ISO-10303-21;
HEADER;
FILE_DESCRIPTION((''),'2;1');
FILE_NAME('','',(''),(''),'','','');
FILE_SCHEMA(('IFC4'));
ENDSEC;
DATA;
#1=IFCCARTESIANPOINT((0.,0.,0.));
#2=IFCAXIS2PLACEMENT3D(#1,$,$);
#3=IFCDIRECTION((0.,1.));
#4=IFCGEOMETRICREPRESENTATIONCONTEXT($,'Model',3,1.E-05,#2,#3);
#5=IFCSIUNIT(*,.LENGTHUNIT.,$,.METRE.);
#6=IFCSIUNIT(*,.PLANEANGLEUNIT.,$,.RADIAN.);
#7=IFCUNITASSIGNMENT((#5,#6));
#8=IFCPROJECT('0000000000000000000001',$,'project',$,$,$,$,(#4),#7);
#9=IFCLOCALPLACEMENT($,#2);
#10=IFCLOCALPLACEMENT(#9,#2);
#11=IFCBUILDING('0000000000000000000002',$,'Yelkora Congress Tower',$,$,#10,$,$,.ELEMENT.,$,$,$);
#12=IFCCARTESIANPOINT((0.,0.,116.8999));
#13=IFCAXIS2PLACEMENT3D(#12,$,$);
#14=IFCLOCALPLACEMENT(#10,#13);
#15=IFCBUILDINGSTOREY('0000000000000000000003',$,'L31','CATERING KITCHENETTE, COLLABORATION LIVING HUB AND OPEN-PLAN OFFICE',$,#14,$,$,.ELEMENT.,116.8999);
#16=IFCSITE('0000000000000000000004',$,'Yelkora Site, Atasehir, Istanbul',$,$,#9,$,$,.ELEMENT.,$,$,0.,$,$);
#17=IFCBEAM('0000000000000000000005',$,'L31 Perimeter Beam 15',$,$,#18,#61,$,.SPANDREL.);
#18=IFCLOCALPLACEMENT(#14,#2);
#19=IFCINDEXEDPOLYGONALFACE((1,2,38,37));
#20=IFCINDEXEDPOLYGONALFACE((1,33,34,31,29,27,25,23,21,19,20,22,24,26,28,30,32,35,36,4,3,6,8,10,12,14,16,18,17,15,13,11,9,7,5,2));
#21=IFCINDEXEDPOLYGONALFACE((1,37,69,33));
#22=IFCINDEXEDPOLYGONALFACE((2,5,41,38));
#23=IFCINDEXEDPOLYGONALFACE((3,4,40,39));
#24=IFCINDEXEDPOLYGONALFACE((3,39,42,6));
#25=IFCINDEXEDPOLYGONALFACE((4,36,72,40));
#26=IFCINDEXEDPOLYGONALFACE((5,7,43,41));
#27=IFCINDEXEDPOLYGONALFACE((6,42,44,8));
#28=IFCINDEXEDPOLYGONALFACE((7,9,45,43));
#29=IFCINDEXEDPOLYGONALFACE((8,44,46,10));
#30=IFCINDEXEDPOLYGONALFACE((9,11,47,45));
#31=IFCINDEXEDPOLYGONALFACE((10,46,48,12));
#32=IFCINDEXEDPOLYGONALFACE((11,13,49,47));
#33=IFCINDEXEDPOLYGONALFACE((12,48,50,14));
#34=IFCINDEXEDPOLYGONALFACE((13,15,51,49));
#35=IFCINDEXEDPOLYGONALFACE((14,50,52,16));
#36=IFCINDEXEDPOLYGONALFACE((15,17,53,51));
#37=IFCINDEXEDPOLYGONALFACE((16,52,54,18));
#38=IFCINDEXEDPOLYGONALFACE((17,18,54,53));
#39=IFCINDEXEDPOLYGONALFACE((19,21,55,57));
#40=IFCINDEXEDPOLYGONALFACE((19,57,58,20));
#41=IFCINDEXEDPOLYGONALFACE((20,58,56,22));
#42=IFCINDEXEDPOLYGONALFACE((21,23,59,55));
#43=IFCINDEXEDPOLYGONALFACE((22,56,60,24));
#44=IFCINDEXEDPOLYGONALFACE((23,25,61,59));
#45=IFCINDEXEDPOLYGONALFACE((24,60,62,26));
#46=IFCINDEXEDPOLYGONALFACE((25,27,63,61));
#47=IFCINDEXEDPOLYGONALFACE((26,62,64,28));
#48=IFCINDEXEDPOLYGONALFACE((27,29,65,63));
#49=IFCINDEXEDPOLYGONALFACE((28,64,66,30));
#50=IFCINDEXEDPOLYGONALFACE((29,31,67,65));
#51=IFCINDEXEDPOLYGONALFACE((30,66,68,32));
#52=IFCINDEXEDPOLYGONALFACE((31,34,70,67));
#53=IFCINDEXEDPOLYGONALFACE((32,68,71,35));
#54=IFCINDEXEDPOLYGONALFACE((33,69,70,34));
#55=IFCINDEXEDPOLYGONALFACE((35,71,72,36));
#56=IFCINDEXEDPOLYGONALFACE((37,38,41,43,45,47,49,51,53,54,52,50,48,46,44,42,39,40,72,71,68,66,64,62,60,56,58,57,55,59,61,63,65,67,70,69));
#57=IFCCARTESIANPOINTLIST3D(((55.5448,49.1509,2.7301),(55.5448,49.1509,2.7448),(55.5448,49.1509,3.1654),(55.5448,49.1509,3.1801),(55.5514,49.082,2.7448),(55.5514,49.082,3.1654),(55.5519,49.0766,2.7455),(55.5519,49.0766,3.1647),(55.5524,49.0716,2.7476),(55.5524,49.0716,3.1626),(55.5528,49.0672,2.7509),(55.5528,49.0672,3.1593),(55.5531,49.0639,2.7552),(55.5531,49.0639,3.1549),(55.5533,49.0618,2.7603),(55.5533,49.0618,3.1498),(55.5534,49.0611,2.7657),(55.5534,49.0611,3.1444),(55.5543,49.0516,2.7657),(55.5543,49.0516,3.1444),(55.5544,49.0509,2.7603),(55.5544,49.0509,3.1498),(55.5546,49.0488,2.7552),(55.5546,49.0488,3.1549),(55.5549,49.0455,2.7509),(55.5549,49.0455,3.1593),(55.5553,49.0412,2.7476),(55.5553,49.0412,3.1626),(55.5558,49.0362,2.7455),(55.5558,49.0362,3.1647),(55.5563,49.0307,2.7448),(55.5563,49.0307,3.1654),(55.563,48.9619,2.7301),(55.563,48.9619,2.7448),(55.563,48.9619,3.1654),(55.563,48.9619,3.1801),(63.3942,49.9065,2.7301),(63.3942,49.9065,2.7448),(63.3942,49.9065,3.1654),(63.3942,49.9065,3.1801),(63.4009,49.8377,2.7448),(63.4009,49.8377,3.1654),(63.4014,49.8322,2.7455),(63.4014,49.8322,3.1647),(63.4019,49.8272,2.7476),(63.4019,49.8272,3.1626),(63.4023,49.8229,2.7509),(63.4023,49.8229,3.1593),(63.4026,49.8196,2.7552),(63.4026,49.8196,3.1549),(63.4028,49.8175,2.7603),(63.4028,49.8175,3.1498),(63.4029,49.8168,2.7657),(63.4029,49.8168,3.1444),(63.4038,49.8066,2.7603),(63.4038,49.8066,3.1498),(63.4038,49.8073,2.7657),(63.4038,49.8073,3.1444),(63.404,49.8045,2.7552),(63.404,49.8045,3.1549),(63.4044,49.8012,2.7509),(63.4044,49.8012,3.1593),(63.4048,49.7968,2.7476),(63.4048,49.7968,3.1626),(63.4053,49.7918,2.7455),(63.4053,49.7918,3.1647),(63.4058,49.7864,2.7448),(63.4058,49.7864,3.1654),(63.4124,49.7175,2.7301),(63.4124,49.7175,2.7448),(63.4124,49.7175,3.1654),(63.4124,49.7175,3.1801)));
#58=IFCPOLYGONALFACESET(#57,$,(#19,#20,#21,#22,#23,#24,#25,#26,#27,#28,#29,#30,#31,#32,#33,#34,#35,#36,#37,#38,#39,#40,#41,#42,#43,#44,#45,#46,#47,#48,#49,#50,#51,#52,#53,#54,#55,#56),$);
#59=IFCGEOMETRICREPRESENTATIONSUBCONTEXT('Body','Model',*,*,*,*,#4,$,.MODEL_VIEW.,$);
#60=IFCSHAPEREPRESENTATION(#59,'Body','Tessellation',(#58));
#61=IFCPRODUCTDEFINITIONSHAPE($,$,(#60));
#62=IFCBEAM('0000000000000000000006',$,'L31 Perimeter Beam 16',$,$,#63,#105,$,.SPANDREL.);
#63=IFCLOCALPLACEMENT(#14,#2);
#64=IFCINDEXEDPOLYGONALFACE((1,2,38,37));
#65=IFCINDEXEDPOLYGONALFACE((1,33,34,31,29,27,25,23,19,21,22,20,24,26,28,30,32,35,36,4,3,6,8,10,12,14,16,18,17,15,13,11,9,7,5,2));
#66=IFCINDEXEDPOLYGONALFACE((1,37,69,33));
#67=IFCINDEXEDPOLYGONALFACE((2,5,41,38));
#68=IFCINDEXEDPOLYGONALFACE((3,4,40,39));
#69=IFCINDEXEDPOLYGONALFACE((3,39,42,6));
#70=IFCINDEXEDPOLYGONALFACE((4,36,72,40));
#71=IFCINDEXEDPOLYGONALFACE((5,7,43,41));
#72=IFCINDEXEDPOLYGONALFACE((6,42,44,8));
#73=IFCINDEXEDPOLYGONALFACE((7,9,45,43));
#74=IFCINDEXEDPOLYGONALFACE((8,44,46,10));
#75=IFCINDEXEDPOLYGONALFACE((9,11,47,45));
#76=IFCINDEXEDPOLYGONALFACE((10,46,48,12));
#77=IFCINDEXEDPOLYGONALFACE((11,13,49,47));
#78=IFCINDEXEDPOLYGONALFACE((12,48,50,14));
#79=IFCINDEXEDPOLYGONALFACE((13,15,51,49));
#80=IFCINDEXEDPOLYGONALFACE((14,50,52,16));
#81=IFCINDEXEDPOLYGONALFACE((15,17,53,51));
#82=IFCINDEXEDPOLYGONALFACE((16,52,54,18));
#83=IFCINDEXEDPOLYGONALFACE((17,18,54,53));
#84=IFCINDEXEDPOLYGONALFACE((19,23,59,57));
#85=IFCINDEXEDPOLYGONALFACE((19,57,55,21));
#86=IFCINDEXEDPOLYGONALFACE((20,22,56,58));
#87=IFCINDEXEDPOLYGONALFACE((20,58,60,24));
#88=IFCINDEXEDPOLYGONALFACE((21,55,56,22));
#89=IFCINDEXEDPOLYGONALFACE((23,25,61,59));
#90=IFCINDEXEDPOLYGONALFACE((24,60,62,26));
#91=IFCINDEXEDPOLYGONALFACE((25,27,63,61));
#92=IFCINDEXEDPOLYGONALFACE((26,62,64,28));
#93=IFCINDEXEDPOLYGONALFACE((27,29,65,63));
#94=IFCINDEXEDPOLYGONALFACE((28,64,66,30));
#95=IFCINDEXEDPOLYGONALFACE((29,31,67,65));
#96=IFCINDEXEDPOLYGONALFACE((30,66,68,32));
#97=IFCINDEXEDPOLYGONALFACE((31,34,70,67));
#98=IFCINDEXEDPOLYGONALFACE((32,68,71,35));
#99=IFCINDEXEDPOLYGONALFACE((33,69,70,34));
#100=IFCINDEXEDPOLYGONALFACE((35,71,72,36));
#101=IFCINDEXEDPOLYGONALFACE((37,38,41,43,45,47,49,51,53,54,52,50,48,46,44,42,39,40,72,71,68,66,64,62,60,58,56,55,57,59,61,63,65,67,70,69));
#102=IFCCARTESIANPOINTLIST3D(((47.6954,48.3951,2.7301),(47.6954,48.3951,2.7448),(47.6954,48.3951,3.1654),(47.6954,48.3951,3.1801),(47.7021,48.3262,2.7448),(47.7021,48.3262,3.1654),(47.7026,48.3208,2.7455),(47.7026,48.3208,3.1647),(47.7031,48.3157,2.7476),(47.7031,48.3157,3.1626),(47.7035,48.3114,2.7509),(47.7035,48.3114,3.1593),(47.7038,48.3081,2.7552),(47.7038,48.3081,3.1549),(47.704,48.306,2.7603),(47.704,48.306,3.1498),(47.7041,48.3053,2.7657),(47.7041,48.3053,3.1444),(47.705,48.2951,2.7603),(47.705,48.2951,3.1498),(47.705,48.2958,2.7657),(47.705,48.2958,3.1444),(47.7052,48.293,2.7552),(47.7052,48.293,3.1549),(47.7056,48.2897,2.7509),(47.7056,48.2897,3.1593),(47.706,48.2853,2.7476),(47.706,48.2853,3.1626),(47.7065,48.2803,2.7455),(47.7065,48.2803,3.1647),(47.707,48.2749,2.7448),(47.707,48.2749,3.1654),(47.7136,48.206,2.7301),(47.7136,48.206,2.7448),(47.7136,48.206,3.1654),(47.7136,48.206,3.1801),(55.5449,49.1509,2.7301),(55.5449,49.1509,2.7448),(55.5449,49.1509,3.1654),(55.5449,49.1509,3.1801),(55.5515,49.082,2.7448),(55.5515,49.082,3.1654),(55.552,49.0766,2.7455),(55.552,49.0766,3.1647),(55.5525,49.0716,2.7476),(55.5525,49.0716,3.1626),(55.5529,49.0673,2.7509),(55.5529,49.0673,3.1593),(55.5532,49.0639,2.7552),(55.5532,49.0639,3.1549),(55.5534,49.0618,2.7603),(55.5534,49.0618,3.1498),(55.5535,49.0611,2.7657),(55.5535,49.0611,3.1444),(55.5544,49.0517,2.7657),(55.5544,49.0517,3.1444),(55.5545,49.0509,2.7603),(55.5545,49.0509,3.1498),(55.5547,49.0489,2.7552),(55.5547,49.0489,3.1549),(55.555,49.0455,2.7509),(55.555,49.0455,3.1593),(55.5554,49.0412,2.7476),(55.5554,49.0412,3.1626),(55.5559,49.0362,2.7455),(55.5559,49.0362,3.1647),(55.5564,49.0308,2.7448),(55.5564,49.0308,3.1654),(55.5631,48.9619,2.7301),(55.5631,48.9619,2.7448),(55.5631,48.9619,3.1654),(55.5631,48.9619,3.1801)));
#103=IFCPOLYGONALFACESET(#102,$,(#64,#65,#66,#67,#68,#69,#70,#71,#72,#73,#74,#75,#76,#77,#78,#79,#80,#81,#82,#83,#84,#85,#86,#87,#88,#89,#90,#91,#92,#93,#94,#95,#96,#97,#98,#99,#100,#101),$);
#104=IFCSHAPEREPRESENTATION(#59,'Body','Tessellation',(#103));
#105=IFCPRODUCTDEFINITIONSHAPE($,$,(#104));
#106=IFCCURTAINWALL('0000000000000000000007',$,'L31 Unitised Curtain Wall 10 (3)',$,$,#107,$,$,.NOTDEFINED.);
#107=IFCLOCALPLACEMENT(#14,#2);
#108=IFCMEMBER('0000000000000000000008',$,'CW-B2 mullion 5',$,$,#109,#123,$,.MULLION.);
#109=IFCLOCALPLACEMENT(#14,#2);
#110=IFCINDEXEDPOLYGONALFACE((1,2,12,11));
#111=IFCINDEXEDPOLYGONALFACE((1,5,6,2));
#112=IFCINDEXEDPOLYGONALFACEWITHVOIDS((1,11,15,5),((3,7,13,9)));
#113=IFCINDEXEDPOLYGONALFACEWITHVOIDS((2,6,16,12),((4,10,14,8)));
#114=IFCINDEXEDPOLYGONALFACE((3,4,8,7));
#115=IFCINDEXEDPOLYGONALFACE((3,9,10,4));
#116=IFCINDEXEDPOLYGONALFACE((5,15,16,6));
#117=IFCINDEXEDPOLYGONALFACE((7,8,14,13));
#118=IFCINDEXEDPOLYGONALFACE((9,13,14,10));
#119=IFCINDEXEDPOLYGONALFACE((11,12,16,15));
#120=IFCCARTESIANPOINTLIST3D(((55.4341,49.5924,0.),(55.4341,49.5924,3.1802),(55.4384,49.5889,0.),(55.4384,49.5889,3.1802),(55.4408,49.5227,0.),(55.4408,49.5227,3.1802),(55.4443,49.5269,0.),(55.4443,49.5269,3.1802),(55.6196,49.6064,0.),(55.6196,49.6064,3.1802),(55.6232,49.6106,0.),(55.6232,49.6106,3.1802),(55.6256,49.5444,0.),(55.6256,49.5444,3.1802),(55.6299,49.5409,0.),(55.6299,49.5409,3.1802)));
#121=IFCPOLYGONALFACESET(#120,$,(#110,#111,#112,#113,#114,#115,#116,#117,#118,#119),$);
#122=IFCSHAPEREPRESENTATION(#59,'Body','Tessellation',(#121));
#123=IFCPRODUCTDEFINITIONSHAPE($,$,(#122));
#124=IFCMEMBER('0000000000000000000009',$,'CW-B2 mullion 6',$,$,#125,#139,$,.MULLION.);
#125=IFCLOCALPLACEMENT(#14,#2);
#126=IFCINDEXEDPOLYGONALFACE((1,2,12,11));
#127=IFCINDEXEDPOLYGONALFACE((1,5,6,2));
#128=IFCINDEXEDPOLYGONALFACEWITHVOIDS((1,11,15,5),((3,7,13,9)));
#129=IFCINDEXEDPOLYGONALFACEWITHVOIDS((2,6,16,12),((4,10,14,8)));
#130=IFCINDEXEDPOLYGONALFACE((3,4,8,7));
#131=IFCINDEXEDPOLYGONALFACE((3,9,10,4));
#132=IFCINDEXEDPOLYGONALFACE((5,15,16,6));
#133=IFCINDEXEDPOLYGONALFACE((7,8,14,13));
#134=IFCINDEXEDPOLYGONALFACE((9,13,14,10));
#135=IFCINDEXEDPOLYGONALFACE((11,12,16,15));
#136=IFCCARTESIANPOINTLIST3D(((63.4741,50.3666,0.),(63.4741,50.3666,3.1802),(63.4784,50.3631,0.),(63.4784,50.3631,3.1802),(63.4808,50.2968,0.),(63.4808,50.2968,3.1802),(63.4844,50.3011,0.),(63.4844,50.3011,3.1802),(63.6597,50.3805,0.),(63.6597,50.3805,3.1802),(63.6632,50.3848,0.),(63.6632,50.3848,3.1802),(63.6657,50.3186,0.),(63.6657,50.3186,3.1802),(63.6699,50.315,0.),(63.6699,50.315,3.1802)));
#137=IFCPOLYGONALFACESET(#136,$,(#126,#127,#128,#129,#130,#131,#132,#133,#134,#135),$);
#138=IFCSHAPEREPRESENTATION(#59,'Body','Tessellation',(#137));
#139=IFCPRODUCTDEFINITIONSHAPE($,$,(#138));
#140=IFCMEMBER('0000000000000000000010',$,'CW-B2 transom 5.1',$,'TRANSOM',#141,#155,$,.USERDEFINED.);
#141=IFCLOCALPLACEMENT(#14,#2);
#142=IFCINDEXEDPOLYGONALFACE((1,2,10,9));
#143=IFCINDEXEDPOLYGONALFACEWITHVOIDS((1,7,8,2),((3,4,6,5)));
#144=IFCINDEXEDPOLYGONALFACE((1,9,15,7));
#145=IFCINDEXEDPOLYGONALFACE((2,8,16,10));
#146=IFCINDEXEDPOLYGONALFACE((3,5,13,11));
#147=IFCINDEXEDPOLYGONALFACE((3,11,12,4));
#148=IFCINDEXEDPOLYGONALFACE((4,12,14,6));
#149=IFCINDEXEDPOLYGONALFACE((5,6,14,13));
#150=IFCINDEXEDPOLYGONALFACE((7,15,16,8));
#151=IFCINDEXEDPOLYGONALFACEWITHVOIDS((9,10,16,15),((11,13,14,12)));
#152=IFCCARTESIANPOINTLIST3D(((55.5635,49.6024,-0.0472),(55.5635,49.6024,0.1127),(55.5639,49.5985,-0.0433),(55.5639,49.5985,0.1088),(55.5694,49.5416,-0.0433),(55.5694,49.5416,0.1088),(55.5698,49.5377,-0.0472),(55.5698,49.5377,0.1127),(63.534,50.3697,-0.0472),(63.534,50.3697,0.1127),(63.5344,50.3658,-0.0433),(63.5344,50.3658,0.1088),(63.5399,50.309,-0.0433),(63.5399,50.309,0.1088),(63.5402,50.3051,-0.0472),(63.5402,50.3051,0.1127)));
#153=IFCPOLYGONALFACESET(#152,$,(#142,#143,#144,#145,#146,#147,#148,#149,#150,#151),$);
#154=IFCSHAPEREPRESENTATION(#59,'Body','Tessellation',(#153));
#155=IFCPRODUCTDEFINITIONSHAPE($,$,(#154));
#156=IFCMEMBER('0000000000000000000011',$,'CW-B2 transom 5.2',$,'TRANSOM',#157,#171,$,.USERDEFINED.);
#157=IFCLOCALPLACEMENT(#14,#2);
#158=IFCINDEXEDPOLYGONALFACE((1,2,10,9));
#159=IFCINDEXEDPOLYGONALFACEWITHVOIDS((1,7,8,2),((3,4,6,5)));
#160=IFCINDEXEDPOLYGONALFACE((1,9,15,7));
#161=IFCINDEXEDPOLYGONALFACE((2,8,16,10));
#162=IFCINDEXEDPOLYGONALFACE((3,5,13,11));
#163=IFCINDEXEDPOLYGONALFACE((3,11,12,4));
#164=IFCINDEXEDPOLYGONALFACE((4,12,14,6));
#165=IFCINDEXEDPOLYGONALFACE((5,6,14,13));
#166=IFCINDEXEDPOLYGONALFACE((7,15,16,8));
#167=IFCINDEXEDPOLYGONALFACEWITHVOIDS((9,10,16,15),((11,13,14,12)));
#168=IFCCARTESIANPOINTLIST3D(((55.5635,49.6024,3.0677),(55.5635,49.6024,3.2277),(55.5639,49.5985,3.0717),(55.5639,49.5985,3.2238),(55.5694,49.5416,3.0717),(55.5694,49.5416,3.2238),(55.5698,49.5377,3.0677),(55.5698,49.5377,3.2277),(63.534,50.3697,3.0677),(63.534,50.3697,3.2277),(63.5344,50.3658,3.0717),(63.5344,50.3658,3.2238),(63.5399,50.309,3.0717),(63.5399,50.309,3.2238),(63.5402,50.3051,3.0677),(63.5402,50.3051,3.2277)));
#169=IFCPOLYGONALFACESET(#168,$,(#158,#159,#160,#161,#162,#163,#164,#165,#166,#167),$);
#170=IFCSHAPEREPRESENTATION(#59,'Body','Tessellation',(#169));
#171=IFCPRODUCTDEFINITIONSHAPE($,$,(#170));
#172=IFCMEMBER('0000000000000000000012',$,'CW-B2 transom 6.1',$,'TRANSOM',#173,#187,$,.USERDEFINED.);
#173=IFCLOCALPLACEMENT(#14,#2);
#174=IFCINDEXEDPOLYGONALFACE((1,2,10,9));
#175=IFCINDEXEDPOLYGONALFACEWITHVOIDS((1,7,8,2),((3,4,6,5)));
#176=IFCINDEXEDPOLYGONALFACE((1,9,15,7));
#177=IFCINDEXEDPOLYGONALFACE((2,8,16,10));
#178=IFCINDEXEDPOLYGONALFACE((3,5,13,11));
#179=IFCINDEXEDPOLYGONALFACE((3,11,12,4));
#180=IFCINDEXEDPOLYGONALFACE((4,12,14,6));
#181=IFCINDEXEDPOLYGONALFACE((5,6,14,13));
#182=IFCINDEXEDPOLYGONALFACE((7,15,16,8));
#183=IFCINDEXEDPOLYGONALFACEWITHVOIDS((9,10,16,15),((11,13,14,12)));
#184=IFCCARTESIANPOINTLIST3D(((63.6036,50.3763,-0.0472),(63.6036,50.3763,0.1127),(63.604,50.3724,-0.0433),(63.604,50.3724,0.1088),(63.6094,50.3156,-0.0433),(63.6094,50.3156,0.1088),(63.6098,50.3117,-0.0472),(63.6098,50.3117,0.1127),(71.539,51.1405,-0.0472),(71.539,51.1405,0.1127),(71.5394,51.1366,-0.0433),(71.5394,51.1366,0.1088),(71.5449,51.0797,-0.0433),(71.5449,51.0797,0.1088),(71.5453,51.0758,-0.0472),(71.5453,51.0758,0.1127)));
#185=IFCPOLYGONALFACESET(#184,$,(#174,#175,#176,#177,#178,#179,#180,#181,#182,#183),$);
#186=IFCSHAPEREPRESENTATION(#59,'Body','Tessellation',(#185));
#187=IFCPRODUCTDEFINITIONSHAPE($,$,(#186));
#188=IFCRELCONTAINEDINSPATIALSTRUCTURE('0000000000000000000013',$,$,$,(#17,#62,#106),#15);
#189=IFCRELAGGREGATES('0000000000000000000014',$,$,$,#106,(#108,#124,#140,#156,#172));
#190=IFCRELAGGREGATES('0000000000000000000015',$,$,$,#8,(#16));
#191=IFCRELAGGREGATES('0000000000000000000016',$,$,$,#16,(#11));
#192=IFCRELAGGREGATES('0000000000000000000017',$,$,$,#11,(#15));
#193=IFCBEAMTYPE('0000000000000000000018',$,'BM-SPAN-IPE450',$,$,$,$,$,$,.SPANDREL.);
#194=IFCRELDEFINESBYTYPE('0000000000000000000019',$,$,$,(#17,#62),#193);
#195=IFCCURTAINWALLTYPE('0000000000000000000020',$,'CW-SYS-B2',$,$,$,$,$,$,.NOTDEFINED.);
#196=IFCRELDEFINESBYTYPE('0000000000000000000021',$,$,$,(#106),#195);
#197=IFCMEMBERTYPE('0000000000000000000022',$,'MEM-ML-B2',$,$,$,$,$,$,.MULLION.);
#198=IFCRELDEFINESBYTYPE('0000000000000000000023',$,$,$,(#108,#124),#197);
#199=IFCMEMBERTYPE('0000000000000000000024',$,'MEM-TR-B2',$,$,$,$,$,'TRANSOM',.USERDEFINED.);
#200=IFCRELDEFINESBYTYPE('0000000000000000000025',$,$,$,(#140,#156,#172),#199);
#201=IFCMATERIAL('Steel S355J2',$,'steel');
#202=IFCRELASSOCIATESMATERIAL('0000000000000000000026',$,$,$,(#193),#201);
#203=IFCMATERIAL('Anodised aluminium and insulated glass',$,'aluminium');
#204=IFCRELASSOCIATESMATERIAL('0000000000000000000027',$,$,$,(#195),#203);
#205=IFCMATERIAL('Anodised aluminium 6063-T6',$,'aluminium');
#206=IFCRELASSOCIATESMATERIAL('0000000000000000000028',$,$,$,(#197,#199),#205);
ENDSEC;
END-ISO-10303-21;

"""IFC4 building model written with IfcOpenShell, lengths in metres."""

from ifc_helpers import new_model, si_unit, direction, frame, origin, origin_2d, place, context, subcontext, project, spatial, hollow_rectangle, i_section, extrude, material, material_profile, profile_set, type_object, element, aggregate, save


model = new_model("IFC4")

# Units and contexts
model_context = context("Model", 3, precision=1e-05, world=origin(), true_north=direction((0.0, 1.0)))
body_context = subcontext(model_context, "Body", "Model", "MODEL_VIEW")
ifc_project = project(units=[si_unit("LENGTHUNIT", "METRE"), si_unit("PLANEANGLEUNIT", "RADIAN")], contexts=[model_context])

# Site, building, storey
site_placement = place(None, origin())
site = spatial("IfcSite", under=ifc_project, at=site_placement, Name="Yelkora Site, Atasehir, Istanbul", CompositionType="ELEMENT", RefElevation=0.0)
building_placement = place(site_placement, origin())
building = spatial("IfcBuilding", under=site, at=building_placement, Name="Yelkora Congress Tower", CompositionType="ELEMENT")
storey_placement = place(building_placement, frame((0.0, 0.0, 116.8999)))
storey = spatial("IfcBuildingStorey", under=building, at=storey_placement, Name="L31", Description="CATERING KITCHENETTE, COLLABORATION LIVING HUB AND OPEN-PLAN OFFICE", CompositionType="ELEMENT", Elevation=116.8999)

# Beams
ifc_material_1 = material(Name="Steel S355J2", Category="steel")
ifc_material_profile_1 = material_profile(ifc_material_1, i_section(OverallWidth=0.1899, OverallDepth=0.45, WebThickness=0.0095, FlangeThickness=0.0146, FilletRadius=0.021, at=origin_2d()), Name="IPE 450")
ifc_profile_set_1 = profile_set([ifc_material_profile_1], Name="Steel S355J2")
beam_type_1 = type_object("IfcBeamType", Name="BM-SPAN-IPE450", PredefinedType="SPANDREL", material=ifc_profile_set_1)
for number, where, z_axis, x_axis, name in (
    (1, (63.4033, 49.812, 2.9551), (-0.995399, -0.095822, 0.0), (0.095822, -0.995399, 0.0), "L31 Perimeter Beam 15"),
    (2, (55.554, 49.0564, 2.9551), (-0.995396, -0.095852, 0.0), (0.095852, -0.995396, 0.0), "L31 Perimeter Beam 16"),
):
    element("IfcBeam", number, at=place(storey_placement, frame(where, z_axis=z_axis, x_axis=x_axis)), inside=storey, type_object=beam_type_1, Name=name, PredefinedType="SPANDREL", context=body_context, shape_type="SweptSolid", body=[
        extrude(i_section(OverallWidth=0.1899, OverallDepth=0.45, WebThickness=0.0095, FlangeThickness=0.0146, FilletRadius=0.021, at=origin_2d()), origin(), (0.0, 0.0, 1.0), 7.8857),
    ])

# Curtain wall, members
ifc_material_2 = material(Name="Anodised aluminium and insulated glass", Category="aluminium")
curtain_wall_type = type_object("IfcCurtainWallType", Name="CW-SYS-B2", PredefinedType="NOTDEFINED", material=ifc_material_2)
curtain_wall_placement = place(storey_placement, origin())
curtain_wall = element("IfcCurtainWall", 3, at=curtain_wall_placement, inside=storey, type_object=curtain_wall_type, Name="L31 Unitised Curtain Wall 10 (3)", PredefinedType="NOTDEFINED")
ifc_material_3 = material(Name="Anodised aluminium 6063-T6", Category="aluminium")
ifc_material_profile_2 = material_profile(ifc_material_3, hollow_rectangle(XDim=0.0701, YDim=0.1899, WallThickness=0.0039, at=origin_2d()), Name="ALU 70x190x4")
ifc_profile_set_2 = profile_set([ifc_material_profile_2], Name="Anodised aluminium 6063-T6")
member_type_1 = type_object("IfcMemberType", Name="MEM-ML-B2", PredefinedType="MULLION", material=ifc_profile_set_2)
member_1_placement = place(storey_placement, frame((55.532, 49.5667, 0.0), z_axis=(0.0, 0.0, 1.0), x_axis=(-0.095844, 0.995396, 0.0)))
member_1 = element("IfcMember", 4, at=member_1_placement, type_object=member_type_1, Name="CW-B2 mullion 5", PredefinedType="MULLION", context=body_context, shape_type="SweptSolid", body=[
    extrude(hollow_rectangle(XDim=0.0701, YDim=0.1899, WallThickness=0.0039, at=origin_2d()), origin(), (0.0, 0.0, 1.0), 3.1802),
])
member_2_placement = place(storey_placement, frame((63.572, 50.3408, 0.0), z_axis=(0.0, 0.0, 1.0), x_axis=(-0.095844, 0.995396, 0.0)))
member_2 = element("IfcMember", 5, at=member_2_placement, type_object=member_type_1, Name="CW-B2 mullion 6", PredefinedType="MULLION", context=body_context, shape_type="SweptSolid", body=[
    extrude(hollow_rectangle(XDim=0.0701, YDim=0.1899, WallThickness=0.0039, at=origin_2d()), origin(), (0.0, 0.0, 1.0), 3.1802),
])
ifc_material_profile_3 = material_profile(ifc_material_3, hollow_rectangle(XDim=0.0649, YDim=0.1599, WallThickness=0.0039, at=origin_2d()), Name="ALU 65x160x4")
ifc_profile_set_3 = profile_set([ifc_material_profile_3], Name="Anodised aluminium 6063-T6")
member_type_2 = type_object("IfcMemberType", Name="MEM-TR-B2", ElementType="TRANSOM", PredefinedType="USERDEFINED", material=ifc_profile_set_3)
member_3_placement = place(storey_placement, frame((55.5667, 49.5701, 0.0327), z_axis=(0.995398, 0.095829, 0.0), x_axis=(-0.095829, 0.995398, 0.0)))
member_3 = element("IfcMember", 6, at=member_3_placement, type_object=member_type_2, Name="CW-B2 transom 5.1", ObjectType="TRANSOM", PredefinedType="USERDEFINED", context=body_context, shape_type="SweptSolid", body=[
    extrude(hollow_rectangle(XDim=0.0649, YDim=0.1599, WallThickness=0.0039, at=origin_2d()), origin(), (0.0, 0.0, 1.0), 8.0073),
])
member_4_placement = place(storey_placement, frame((55.5667, 49.5701, 3.1477), z_axis=(0.995398, 0.095829, 0.0), x_axis=(-0.095829, 0.995398, 0.0)))
member_4 = element("IfcMember", 7, at=member_4_placement, type_object=member_type_2, Name="CW-B2 transom 5.2", ObjectType="TRANSOM", PredefinedType="USERDEFINED", context=body_context, shape_type="SweptSolid", body=[
    extrude(hollow_rectangle(XDim=0.0649, YDim=0.1599, WallThickness=0.0039, at=origin_2d()), origin(), (0.0, 0.0, 1.0), 8.0073),
])
member_5_placement = place(storey_placement, frame((63.6067, 50.344, 0.0327), z_axis=(0.995396, 0.095852, 0.0), x_axis=(-0.095852, 0.995396, 0.0)))
member_5 = element("IfcMember", 8, at=member_5_placement, type_object=member_type_2, Name="CW-B2 transom 6.1", ObjectType="TRANSOM", PredefinedType="USERDEFINED", context=body_context, shape_type="SweptSolid", body=[
    extrude(hollow_rectangle(XDim=0.0649, YDim=0.1599, WallThickness=0.0039, at=origin_2d()), origin(), (0.0, 0.0, 1.0), 7.9722),
])
aggregate(curtain_wall, [member_1, member_2, member_3, member_4, member_5])

save(model, "model.ifc")
